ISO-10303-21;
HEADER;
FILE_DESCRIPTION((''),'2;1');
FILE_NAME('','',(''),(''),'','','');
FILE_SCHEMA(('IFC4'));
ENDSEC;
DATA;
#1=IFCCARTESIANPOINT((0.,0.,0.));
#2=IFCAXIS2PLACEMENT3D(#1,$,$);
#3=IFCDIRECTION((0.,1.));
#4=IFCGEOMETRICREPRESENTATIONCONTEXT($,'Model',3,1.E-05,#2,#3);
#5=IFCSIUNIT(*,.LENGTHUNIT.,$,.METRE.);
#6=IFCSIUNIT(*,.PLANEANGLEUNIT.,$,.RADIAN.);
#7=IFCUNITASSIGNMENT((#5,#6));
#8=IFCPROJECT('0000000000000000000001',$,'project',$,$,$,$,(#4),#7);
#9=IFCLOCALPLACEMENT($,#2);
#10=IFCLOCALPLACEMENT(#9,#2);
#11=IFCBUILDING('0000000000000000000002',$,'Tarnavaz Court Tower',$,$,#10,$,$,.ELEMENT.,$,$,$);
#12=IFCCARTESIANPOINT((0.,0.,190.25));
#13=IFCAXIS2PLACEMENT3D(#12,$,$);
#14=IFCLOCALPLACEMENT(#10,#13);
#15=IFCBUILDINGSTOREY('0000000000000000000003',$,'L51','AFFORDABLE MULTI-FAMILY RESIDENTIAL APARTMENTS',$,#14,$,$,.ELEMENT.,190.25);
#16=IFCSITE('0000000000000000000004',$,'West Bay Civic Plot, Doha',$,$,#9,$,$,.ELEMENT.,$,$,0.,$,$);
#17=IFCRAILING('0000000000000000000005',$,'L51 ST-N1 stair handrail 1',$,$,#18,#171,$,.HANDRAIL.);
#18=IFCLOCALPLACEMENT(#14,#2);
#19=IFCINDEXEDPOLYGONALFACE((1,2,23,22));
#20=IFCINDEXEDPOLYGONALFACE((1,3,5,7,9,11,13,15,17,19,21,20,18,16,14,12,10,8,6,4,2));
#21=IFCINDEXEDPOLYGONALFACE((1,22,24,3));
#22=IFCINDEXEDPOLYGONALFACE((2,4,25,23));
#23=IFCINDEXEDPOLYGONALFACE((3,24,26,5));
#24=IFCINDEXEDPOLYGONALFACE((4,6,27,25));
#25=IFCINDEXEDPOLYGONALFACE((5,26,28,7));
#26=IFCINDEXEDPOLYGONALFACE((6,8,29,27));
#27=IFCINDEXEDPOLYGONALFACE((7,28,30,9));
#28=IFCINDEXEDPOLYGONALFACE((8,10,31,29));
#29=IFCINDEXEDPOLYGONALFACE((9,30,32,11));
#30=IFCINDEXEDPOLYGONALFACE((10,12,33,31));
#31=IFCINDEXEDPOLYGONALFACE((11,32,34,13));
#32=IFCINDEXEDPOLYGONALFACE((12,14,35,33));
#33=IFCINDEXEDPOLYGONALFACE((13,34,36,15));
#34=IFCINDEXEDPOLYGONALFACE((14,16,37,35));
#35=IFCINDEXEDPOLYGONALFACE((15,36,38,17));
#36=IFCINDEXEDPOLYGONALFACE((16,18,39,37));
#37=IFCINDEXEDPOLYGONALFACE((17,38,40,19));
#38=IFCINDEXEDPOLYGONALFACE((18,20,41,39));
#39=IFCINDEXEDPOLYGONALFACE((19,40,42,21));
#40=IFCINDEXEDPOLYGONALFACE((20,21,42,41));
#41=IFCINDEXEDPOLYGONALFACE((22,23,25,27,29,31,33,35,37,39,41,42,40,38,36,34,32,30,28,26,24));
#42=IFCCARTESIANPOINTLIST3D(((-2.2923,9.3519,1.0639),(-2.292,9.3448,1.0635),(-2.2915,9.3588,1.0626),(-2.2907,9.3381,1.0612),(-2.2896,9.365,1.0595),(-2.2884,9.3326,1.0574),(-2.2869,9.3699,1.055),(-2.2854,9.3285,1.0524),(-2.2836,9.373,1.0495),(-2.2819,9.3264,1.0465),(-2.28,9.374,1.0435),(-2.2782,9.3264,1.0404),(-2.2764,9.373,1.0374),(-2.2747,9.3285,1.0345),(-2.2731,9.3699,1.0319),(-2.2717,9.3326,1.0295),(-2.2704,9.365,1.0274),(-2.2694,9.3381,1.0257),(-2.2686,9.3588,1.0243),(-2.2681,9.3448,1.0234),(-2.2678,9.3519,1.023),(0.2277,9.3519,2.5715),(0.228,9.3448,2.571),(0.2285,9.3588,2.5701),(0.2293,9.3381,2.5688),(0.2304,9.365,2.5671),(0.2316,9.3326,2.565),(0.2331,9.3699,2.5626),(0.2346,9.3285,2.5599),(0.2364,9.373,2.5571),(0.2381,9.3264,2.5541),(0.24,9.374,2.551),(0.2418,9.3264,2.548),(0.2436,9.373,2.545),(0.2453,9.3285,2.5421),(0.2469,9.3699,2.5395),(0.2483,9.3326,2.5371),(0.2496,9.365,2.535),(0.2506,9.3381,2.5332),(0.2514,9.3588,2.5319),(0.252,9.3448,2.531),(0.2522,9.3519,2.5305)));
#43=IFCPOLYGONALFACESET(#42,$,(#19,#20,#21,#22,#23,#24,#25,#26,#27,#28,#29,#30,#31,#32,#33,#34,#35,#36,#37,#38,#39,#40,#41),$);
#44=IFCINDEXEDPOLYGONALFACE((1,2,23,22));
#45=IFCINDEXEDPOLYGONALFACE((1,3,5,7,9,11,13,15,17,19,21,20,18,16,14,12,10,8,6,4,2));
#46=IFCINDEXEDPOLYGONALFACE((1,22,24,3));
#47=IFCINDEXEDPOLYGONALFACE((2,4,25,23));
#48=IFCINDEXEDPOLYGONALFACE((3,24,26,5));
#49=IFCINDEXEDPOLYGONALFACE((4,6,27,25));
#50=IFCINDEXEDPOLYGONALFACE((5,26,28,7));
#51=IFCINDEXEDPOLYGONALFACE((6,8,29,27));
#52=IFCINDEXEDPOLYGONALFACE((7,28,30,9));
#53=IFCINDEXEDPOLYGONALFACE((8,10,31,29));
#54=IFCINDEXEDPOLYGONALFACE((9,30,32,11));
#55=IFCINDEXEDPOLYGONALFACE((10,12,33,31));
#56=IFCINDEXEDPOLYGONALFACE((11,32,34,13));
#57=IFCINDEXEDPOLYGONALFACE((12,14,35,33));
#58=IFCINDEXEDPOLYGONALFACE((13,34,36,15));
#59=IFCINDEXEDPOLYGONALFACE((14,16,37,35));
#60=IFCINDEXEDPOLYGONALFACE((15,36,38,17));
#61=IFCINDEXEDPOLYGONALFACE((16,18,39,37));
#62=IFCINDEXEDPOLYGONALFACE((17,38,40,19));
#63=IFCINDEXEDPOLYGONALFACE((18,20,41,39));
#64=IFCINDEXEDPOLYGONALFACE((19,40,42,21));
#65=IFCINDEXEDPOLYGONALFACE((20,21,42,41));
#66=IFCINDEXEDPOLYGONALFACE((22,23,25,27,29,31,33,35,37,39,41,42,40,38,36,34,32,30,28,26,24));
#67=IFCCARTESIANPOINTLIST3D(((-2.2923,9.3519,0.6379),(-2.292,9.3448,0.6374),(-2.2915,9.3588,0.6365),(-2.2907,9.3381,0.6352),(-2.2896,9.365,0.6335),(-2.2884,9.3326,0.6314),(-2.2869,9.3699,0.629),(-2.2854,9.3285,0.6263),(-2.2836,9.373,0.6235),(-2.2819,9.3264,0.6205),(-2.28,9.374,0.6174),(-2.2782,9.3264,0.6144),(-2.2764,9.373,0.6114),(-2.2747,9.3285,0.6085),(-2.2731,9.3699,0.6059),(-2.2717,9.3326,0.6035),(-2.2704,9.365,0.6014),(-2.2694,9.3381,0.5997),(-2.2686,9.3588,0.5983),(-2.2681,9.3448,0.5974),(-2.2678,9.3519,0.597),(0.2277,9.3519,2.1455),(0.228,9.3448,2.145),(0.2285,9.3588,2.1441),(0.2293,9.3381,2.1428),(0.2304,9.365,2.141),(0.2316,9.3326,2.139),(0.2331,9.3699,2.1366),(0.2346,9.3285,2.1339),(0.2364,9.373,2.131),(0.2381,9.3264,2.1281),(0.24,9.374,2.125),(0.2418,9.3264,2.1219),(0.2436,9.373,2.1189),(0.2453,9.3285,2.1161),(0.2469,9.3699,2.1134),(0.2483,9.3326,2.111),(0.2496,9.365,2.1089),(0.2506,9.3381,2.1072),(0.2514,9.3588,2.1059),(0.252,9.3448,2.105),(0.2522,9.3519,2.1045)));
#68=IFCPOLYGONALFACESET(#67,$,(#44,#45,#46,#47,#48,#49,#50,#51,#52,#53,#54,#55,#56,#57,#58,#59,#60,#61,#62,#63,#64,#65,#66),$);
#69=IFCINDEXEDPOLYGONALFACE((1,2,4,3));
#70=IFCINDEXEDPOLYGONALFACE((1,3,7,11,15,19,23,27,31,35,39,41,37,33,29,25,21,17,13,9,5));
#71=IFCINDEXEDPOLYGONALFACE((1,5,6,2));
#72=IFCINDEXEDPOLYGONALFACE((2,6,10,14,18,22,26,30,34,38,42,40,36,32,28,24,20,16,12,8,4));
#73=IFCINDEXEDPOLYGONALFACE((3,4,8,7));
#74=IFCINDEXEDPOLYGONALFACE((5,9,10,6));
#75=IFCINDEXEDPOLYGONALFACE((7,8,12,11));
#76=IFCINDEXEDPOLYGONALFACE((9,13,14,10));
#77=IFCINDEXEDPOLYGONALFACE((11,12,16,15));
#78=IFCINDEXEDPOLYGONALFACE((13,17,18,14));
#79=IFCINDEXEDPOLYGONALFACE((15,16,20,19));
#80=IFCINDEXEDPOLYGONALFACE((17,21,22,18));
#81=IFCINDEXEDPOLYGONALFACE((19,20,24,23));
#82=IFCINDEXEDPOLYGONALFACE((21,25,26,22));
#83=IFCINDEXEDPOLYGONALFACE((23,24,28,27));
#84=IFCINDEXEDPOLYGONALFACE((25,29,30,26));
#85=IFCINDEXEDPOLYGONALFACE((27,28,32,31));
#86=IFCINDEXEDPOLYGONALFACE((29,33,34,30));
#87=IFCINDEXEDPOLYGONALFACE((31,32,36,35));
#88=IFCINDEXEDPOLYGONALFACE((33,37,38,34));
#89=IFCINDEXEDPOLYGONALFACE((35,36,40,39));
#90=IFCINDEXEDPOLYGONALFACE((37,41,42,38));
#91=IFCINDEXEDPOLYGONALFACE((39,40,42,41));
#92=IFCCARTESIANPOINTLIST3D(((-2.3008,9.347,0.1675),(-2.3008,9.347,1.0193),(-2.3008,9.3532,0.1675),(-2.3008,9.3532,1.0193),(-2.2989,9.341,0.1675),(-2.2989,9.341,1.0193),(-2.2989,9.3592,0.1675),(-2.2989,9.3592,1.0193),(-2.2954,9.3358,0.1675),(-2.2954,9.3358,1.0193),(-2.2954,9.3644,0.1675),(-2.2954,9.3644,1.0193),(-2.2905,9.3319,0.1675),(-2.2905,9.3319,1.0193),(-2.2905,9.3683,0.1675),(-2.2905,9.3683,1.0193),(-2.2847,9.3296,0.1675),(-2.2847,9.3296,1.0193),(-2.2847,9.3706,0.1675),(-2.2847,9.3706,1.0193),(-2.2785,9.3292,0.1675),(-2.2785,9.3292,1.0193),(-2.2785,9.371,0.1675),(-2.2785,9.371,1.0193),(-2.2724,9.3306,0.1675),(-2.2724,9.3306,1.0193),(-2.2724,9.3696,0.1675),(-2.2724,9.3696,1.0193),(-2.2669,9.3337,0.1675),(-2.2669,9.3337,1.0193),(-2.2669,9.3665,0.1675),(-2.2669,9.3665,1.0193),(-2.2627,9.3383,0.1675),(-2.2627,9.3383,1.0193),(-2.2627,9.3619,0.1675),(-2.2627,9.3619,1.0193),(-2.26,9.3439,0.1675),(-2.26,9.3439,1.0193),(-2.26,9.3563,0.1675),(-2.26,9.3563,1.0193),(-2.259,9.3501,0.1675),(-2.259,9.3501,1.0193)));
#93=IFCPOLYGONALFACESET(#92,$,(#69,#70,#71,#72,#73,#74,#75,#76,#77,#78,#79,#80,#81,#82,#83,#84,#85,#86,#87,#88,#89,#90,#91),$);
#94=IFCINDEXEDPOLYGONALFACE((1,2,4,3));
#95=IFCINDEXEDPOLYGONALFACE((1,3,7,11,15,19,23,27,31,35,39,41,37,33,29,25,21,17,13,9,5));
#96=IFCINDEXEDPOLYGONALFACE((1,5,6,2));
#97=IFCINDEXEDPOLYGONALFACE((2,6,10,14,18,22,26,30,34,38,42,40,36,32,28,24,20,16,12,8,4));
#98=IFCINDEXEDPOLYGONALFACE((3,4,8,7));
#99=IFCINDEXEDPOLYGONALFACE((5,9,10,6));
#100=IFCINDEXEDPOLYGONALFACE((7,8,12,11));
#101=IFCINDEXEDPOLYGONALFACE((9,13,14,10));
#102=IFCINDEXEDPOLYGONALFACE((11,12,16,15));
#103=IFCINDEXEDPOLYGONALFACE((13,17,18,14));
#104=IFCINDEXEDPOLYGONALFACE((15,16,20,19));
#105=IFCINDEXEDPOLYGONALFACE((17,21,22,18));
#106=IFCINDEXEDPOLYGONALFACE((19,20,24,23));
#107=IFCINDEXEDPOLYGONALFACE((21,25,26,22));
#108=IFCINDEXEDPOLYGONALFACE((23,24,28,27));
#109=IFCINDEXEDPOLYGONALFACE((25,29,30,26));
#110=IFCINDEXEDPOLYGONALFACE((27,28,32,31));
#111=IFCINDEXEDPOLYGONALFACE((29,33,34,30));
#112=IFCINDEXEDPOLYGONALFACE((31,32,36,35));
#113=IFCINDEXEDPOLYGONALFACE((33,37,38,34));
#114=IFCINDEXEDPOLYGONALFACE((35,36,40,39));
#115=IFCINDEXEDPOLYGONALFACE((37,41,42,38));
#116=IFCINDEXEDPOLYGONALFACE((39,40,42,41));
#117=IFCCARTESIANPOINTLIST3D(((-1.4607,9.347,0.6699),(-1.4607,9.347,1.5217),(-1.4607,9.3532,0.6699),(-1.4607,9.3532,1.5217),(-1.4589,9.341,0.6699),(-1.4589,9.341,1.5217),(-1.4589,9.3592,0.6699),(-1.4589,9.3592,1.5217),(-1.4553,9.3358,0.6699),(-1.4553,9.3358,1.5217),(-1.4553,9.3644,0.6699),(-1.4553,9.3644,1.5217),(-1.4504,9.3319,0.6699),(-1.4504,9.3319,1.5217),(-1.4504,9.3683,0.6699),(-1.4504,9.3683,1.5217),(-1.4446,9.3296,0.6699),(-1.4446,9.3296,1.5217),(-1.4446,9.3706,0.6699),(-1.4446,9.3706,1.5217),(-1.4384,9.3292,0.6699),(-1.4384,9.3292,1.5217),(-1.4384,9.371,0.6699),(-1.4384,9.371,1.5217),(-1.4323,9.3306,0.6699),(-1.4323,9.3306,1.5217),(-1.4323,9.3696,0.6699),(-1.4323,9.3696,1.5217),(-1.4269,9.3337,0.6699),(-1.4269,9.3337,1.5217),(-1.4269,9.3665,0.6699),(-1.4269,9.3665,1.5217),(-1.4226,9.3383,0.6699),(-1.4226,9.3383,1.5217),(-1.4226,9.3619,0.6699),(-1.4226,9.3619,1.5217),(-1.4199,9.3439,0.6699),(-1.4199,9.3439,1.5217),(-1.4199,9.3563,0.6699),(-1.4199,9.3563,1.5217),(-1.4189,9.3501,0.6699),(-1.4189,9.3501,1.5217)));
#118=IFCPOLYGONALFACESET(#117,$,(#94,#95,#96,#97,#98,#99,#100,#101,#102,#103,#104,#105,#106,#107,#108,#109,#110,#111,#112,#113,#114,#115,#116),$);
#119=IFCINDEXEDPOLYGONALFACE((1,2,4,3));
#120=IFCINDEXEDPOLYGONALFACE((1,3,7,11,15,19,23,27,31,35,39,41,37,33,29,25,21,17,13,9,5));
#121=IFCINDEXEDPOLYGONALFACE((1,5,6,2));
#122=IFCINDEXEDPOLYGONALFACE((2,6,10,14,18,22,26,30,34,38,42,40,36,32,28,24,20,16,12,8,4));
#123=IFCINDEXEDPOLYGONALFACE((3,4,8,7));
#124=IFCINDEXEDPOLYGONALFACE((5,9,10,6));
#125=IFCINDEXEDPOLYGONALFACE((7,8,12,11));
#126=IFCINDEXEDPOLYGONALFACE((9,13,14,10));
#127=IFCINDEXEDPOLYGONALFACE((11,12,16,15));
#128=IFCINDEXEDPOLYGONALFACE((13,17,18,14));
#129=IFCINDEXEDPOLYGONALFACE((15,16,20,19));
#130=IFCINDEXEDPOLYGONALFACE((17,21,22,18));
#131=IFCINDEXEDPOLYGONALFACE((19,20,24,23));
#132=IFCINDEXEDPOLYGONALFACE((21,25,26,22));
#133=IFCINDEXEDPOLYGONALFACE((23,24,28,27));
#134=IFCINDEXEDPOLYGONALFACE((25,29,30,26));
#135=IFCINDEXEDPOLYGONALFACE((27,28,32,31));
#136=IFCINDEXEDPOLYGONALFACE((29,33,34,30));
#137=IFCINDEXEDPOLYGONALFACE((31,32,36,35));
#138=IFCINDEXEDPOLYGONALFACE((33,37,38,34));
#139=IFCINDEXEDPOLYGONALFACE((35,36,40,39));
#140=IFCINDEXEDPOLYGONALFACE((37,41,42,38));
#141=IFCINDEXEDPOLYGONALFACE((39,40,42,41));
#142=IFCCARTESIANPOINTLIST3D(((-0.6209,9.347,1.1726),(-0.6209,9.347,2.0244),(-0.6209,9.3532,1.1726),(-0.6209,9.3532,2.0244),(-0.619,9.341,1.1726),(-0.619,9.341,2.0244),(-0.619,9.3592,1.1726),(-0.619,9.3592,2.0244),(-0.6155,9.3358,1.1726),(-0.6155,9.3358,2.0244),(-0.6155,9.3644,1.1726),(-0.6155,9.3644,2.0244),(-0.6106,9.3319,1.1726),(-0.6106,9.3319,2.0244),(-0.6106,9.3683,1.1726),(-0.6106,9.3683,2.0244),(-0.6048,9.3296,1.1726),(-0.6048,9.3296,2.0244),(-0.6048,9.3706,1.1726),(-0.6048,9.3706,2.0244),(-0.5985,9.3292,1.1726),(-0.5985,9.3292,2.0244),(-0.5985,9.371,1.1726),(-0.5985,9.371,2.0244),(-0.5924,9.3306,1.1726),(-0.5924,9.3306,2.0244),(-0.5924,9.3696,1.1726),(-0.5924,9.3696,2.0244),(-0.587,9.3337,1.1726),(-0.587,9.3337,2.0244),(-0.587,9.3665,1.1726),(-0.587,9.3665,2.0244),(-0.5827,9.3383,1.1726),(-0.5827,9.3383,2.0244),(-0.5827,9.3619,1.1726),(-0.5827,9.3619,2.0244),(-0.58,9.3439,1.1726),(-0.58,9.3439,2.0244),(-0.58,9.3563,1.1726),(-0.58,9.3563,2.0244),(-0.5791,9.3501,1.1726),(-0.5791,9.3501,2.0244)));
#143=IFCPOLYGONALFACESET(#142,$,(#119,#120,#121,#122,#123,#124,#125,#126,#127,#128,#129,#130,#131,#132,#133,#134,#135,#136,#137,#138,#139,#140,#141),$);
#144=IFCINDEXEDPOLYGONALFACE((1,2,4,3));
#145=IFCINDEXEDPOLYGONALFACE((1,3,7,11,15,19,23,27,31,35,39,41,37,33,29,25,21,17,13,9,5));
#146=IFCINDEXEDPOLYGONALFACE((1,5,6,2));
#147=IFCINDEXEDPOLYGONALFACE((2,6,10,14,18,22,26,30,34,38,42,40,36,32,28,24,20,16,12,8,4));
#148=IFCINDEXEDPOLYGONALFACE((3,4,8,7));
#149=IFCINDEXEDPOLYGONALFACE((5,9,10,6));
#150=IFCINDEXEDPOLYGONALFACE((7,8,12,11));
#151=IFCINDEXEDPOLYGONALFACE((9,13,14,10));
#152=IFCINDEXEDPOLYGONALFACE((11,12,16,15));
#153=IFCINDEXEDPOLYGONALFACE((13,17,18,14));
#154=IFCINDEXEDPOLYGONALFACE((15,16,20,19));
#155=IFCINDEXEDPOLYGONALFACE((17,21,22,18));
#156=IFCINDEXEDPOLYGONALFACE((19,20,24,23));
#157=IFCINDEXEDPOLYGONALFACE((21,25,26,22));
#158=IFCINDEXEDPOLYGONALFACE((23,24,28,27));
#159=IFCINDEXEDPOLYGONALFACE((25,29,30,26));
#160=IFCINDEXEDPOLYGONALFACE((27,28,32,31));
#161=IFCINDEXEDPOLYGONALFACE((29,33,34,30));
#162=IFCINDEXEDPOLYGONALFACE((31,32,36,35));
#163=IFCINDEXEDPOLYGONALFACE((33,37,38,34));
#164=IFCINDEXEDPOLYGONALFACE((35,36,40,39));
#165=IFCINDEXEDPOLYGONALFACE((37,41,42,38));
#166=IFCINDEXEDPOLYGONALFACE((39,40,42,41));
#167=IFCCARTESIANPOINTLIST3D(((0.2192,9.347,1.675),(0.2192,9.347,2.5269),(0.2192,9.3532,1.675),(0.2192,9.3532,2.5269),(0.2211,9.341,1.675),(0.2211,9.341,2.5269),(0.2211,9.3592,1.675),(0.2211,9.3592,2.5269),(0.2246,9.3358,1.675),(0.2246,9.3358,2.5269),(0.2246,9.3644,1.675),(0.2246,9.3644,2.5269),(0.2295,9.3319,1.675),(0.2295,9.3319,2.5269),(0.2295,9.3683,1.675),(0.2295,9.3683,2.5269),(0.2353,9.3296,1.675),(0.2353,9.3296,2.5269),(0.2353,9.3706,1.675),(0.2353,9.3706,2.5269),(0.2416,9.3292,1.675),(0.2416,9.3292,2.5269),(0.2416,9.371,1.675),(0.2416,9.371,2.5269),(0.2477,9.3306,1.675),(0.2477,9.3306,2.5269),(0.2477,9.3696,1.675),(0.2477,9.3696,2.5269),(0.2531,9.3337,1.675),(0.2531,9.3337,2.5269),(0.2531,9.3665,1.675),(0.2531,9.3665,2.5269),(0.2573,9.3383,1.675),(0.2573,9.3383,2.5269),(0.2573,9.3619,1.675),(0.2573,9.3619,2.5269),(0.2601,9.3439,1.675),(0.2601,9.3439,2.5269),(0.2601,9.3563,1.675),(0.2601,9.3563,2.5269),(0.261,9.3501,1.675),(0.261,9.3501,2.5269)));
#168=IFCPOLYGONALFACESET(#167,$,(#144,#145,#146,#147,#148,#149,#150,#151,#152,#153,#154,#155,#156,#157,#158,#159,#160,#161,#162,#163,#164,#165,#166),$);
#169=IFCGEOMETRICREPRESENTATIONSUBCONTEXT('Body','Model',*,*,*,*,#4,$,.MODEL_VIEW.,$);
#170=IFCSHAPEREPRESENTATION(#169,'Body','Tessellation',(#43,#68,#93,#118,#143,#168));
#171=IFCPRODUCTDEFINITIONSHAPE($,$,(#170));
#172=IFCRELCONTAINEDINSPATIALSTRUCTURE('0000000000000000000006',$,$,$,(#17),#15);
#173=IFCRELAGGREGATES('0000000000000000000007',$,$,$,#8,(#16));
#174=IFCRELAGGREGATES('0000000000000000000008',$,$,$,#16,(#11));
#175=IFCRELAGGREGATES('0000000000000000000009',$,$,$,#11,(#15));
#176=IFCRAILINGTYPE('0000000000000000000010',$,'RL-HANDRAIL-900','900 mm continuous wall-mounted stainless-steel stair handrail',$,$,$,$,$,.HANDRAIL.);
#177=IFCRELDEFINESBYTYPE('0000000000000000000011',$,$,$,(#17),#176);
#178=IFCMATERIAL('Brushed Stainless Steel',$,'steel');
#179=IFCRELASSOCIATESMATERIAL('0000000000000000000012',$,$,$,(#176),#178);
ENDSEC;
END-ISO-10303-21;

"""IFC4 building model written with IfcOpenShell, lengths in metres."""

from ifc_helpers import new_model, si_unit, direction, frame, origin, origin_2d, place, context, subcontext, project, spatial, circle, extrude, material, type_object, element, save


model = new_model("IFC4")

# Units and contexts
model_context = context("Model", 3, precision=1e-05, world=origin(), true_north=direction((0.0, 1.0)))
body_context = subcontext(model_context, "Body", "Model", "MODEL_VIEW")
ifc_project = project(units=[si_unit("LENGTHUNIT", "METRE"), si_unit("PLANEANGLEUNIT", "RADIAN")], contexts=[model_context])

# Site, building, storey
site_placement = place(None, origin())
site = spatial("IfcSite", under=ifc_project, at=site_placement, Name="West Bay Civic Plot, Doha", CompositionType="ELEMENT", RefElevation=0.0)
building_placement = place(site_placement, origin())
building = spatial("IfcBuilding", under=site, at=building_placement, Name="Tarnavaz Court Tower", CompositionType="ELEMENT")
storey_placement = place(building_placement, frame((0.0, 0.0, 190.25)))
storey = spatial("IfcBuildingStorey", under=building, at=storey_placement, Name="L51", Description="AFFORDABLE MULTI-FAMILY RESIDENTIAL APARTMENTS", CompositionType="ELEMENT", Elevation=190.25)

# Railing
ifc_material_1 = material(Name="Brushed Stainless Steel", Category="steel")
railing_type_1 = type_object("IfcRailingType", Name="RL-HANDRAIL-900", Description="900 mm continuous wall-mounted stainless-steel stair handrail", PredefinedType="HANDRAIL", material=ifc_material_1)
for number, where, name in (
    (1, (-2.28, 9.3501, 0.1675), "L51 ST-N1 stair handrail 1"),
):
    element("IfcRailing", number, at=place(storey_placement, frame(where)), inside=storey, type_object=railing_type_1, Name=name, PredefinedType="HANDRAIL", context=body_context, shape_type="SweptSolid", body=[
        extrude(circle(Radius=0.0239, at=origin_2d()), frame((0.0, 0.0, 0.876), z_axis=(0.85816, 0.0, 0.513383), x_axis=(0.0, 1.0, 0.0)), (0.0, 0.0, 1.0), 2.9365),
        extrude(circle(Radius=0.0239, at=origin_2d()), frame((0.0, 0.0, 0.45), z_axis=(0.85816, 0.0, 0.513383), x_axis=(0.0, 1.0, 0.0)), (0.0, 0.0, 1.0), 2.9365),
        extrude(circle(Radius=0.021, at=origin_2d()), origin(), (0.0, 0.0, 1.0), 0.8518),
        extrude(circle(Radius=0.021, at=origin_2d()), frame((0.8401, 0.0, 0.5024)), (0.0, 0.0, 1.0), 0.8518),
        extrude(circle(Radius=0.021, at=origin_2d()), frame((1.6799, 0.0, 1.0051)), (0.0, 0.0, 1.0), 0.8518),
        extrude(circle(Radius=0.021, at=origin_2d()), frame((2.52, 0.0, 1.5076)), (0.0, 0.0, 1.0), 0.8518),
    ])

save(model, "model.ifc")
